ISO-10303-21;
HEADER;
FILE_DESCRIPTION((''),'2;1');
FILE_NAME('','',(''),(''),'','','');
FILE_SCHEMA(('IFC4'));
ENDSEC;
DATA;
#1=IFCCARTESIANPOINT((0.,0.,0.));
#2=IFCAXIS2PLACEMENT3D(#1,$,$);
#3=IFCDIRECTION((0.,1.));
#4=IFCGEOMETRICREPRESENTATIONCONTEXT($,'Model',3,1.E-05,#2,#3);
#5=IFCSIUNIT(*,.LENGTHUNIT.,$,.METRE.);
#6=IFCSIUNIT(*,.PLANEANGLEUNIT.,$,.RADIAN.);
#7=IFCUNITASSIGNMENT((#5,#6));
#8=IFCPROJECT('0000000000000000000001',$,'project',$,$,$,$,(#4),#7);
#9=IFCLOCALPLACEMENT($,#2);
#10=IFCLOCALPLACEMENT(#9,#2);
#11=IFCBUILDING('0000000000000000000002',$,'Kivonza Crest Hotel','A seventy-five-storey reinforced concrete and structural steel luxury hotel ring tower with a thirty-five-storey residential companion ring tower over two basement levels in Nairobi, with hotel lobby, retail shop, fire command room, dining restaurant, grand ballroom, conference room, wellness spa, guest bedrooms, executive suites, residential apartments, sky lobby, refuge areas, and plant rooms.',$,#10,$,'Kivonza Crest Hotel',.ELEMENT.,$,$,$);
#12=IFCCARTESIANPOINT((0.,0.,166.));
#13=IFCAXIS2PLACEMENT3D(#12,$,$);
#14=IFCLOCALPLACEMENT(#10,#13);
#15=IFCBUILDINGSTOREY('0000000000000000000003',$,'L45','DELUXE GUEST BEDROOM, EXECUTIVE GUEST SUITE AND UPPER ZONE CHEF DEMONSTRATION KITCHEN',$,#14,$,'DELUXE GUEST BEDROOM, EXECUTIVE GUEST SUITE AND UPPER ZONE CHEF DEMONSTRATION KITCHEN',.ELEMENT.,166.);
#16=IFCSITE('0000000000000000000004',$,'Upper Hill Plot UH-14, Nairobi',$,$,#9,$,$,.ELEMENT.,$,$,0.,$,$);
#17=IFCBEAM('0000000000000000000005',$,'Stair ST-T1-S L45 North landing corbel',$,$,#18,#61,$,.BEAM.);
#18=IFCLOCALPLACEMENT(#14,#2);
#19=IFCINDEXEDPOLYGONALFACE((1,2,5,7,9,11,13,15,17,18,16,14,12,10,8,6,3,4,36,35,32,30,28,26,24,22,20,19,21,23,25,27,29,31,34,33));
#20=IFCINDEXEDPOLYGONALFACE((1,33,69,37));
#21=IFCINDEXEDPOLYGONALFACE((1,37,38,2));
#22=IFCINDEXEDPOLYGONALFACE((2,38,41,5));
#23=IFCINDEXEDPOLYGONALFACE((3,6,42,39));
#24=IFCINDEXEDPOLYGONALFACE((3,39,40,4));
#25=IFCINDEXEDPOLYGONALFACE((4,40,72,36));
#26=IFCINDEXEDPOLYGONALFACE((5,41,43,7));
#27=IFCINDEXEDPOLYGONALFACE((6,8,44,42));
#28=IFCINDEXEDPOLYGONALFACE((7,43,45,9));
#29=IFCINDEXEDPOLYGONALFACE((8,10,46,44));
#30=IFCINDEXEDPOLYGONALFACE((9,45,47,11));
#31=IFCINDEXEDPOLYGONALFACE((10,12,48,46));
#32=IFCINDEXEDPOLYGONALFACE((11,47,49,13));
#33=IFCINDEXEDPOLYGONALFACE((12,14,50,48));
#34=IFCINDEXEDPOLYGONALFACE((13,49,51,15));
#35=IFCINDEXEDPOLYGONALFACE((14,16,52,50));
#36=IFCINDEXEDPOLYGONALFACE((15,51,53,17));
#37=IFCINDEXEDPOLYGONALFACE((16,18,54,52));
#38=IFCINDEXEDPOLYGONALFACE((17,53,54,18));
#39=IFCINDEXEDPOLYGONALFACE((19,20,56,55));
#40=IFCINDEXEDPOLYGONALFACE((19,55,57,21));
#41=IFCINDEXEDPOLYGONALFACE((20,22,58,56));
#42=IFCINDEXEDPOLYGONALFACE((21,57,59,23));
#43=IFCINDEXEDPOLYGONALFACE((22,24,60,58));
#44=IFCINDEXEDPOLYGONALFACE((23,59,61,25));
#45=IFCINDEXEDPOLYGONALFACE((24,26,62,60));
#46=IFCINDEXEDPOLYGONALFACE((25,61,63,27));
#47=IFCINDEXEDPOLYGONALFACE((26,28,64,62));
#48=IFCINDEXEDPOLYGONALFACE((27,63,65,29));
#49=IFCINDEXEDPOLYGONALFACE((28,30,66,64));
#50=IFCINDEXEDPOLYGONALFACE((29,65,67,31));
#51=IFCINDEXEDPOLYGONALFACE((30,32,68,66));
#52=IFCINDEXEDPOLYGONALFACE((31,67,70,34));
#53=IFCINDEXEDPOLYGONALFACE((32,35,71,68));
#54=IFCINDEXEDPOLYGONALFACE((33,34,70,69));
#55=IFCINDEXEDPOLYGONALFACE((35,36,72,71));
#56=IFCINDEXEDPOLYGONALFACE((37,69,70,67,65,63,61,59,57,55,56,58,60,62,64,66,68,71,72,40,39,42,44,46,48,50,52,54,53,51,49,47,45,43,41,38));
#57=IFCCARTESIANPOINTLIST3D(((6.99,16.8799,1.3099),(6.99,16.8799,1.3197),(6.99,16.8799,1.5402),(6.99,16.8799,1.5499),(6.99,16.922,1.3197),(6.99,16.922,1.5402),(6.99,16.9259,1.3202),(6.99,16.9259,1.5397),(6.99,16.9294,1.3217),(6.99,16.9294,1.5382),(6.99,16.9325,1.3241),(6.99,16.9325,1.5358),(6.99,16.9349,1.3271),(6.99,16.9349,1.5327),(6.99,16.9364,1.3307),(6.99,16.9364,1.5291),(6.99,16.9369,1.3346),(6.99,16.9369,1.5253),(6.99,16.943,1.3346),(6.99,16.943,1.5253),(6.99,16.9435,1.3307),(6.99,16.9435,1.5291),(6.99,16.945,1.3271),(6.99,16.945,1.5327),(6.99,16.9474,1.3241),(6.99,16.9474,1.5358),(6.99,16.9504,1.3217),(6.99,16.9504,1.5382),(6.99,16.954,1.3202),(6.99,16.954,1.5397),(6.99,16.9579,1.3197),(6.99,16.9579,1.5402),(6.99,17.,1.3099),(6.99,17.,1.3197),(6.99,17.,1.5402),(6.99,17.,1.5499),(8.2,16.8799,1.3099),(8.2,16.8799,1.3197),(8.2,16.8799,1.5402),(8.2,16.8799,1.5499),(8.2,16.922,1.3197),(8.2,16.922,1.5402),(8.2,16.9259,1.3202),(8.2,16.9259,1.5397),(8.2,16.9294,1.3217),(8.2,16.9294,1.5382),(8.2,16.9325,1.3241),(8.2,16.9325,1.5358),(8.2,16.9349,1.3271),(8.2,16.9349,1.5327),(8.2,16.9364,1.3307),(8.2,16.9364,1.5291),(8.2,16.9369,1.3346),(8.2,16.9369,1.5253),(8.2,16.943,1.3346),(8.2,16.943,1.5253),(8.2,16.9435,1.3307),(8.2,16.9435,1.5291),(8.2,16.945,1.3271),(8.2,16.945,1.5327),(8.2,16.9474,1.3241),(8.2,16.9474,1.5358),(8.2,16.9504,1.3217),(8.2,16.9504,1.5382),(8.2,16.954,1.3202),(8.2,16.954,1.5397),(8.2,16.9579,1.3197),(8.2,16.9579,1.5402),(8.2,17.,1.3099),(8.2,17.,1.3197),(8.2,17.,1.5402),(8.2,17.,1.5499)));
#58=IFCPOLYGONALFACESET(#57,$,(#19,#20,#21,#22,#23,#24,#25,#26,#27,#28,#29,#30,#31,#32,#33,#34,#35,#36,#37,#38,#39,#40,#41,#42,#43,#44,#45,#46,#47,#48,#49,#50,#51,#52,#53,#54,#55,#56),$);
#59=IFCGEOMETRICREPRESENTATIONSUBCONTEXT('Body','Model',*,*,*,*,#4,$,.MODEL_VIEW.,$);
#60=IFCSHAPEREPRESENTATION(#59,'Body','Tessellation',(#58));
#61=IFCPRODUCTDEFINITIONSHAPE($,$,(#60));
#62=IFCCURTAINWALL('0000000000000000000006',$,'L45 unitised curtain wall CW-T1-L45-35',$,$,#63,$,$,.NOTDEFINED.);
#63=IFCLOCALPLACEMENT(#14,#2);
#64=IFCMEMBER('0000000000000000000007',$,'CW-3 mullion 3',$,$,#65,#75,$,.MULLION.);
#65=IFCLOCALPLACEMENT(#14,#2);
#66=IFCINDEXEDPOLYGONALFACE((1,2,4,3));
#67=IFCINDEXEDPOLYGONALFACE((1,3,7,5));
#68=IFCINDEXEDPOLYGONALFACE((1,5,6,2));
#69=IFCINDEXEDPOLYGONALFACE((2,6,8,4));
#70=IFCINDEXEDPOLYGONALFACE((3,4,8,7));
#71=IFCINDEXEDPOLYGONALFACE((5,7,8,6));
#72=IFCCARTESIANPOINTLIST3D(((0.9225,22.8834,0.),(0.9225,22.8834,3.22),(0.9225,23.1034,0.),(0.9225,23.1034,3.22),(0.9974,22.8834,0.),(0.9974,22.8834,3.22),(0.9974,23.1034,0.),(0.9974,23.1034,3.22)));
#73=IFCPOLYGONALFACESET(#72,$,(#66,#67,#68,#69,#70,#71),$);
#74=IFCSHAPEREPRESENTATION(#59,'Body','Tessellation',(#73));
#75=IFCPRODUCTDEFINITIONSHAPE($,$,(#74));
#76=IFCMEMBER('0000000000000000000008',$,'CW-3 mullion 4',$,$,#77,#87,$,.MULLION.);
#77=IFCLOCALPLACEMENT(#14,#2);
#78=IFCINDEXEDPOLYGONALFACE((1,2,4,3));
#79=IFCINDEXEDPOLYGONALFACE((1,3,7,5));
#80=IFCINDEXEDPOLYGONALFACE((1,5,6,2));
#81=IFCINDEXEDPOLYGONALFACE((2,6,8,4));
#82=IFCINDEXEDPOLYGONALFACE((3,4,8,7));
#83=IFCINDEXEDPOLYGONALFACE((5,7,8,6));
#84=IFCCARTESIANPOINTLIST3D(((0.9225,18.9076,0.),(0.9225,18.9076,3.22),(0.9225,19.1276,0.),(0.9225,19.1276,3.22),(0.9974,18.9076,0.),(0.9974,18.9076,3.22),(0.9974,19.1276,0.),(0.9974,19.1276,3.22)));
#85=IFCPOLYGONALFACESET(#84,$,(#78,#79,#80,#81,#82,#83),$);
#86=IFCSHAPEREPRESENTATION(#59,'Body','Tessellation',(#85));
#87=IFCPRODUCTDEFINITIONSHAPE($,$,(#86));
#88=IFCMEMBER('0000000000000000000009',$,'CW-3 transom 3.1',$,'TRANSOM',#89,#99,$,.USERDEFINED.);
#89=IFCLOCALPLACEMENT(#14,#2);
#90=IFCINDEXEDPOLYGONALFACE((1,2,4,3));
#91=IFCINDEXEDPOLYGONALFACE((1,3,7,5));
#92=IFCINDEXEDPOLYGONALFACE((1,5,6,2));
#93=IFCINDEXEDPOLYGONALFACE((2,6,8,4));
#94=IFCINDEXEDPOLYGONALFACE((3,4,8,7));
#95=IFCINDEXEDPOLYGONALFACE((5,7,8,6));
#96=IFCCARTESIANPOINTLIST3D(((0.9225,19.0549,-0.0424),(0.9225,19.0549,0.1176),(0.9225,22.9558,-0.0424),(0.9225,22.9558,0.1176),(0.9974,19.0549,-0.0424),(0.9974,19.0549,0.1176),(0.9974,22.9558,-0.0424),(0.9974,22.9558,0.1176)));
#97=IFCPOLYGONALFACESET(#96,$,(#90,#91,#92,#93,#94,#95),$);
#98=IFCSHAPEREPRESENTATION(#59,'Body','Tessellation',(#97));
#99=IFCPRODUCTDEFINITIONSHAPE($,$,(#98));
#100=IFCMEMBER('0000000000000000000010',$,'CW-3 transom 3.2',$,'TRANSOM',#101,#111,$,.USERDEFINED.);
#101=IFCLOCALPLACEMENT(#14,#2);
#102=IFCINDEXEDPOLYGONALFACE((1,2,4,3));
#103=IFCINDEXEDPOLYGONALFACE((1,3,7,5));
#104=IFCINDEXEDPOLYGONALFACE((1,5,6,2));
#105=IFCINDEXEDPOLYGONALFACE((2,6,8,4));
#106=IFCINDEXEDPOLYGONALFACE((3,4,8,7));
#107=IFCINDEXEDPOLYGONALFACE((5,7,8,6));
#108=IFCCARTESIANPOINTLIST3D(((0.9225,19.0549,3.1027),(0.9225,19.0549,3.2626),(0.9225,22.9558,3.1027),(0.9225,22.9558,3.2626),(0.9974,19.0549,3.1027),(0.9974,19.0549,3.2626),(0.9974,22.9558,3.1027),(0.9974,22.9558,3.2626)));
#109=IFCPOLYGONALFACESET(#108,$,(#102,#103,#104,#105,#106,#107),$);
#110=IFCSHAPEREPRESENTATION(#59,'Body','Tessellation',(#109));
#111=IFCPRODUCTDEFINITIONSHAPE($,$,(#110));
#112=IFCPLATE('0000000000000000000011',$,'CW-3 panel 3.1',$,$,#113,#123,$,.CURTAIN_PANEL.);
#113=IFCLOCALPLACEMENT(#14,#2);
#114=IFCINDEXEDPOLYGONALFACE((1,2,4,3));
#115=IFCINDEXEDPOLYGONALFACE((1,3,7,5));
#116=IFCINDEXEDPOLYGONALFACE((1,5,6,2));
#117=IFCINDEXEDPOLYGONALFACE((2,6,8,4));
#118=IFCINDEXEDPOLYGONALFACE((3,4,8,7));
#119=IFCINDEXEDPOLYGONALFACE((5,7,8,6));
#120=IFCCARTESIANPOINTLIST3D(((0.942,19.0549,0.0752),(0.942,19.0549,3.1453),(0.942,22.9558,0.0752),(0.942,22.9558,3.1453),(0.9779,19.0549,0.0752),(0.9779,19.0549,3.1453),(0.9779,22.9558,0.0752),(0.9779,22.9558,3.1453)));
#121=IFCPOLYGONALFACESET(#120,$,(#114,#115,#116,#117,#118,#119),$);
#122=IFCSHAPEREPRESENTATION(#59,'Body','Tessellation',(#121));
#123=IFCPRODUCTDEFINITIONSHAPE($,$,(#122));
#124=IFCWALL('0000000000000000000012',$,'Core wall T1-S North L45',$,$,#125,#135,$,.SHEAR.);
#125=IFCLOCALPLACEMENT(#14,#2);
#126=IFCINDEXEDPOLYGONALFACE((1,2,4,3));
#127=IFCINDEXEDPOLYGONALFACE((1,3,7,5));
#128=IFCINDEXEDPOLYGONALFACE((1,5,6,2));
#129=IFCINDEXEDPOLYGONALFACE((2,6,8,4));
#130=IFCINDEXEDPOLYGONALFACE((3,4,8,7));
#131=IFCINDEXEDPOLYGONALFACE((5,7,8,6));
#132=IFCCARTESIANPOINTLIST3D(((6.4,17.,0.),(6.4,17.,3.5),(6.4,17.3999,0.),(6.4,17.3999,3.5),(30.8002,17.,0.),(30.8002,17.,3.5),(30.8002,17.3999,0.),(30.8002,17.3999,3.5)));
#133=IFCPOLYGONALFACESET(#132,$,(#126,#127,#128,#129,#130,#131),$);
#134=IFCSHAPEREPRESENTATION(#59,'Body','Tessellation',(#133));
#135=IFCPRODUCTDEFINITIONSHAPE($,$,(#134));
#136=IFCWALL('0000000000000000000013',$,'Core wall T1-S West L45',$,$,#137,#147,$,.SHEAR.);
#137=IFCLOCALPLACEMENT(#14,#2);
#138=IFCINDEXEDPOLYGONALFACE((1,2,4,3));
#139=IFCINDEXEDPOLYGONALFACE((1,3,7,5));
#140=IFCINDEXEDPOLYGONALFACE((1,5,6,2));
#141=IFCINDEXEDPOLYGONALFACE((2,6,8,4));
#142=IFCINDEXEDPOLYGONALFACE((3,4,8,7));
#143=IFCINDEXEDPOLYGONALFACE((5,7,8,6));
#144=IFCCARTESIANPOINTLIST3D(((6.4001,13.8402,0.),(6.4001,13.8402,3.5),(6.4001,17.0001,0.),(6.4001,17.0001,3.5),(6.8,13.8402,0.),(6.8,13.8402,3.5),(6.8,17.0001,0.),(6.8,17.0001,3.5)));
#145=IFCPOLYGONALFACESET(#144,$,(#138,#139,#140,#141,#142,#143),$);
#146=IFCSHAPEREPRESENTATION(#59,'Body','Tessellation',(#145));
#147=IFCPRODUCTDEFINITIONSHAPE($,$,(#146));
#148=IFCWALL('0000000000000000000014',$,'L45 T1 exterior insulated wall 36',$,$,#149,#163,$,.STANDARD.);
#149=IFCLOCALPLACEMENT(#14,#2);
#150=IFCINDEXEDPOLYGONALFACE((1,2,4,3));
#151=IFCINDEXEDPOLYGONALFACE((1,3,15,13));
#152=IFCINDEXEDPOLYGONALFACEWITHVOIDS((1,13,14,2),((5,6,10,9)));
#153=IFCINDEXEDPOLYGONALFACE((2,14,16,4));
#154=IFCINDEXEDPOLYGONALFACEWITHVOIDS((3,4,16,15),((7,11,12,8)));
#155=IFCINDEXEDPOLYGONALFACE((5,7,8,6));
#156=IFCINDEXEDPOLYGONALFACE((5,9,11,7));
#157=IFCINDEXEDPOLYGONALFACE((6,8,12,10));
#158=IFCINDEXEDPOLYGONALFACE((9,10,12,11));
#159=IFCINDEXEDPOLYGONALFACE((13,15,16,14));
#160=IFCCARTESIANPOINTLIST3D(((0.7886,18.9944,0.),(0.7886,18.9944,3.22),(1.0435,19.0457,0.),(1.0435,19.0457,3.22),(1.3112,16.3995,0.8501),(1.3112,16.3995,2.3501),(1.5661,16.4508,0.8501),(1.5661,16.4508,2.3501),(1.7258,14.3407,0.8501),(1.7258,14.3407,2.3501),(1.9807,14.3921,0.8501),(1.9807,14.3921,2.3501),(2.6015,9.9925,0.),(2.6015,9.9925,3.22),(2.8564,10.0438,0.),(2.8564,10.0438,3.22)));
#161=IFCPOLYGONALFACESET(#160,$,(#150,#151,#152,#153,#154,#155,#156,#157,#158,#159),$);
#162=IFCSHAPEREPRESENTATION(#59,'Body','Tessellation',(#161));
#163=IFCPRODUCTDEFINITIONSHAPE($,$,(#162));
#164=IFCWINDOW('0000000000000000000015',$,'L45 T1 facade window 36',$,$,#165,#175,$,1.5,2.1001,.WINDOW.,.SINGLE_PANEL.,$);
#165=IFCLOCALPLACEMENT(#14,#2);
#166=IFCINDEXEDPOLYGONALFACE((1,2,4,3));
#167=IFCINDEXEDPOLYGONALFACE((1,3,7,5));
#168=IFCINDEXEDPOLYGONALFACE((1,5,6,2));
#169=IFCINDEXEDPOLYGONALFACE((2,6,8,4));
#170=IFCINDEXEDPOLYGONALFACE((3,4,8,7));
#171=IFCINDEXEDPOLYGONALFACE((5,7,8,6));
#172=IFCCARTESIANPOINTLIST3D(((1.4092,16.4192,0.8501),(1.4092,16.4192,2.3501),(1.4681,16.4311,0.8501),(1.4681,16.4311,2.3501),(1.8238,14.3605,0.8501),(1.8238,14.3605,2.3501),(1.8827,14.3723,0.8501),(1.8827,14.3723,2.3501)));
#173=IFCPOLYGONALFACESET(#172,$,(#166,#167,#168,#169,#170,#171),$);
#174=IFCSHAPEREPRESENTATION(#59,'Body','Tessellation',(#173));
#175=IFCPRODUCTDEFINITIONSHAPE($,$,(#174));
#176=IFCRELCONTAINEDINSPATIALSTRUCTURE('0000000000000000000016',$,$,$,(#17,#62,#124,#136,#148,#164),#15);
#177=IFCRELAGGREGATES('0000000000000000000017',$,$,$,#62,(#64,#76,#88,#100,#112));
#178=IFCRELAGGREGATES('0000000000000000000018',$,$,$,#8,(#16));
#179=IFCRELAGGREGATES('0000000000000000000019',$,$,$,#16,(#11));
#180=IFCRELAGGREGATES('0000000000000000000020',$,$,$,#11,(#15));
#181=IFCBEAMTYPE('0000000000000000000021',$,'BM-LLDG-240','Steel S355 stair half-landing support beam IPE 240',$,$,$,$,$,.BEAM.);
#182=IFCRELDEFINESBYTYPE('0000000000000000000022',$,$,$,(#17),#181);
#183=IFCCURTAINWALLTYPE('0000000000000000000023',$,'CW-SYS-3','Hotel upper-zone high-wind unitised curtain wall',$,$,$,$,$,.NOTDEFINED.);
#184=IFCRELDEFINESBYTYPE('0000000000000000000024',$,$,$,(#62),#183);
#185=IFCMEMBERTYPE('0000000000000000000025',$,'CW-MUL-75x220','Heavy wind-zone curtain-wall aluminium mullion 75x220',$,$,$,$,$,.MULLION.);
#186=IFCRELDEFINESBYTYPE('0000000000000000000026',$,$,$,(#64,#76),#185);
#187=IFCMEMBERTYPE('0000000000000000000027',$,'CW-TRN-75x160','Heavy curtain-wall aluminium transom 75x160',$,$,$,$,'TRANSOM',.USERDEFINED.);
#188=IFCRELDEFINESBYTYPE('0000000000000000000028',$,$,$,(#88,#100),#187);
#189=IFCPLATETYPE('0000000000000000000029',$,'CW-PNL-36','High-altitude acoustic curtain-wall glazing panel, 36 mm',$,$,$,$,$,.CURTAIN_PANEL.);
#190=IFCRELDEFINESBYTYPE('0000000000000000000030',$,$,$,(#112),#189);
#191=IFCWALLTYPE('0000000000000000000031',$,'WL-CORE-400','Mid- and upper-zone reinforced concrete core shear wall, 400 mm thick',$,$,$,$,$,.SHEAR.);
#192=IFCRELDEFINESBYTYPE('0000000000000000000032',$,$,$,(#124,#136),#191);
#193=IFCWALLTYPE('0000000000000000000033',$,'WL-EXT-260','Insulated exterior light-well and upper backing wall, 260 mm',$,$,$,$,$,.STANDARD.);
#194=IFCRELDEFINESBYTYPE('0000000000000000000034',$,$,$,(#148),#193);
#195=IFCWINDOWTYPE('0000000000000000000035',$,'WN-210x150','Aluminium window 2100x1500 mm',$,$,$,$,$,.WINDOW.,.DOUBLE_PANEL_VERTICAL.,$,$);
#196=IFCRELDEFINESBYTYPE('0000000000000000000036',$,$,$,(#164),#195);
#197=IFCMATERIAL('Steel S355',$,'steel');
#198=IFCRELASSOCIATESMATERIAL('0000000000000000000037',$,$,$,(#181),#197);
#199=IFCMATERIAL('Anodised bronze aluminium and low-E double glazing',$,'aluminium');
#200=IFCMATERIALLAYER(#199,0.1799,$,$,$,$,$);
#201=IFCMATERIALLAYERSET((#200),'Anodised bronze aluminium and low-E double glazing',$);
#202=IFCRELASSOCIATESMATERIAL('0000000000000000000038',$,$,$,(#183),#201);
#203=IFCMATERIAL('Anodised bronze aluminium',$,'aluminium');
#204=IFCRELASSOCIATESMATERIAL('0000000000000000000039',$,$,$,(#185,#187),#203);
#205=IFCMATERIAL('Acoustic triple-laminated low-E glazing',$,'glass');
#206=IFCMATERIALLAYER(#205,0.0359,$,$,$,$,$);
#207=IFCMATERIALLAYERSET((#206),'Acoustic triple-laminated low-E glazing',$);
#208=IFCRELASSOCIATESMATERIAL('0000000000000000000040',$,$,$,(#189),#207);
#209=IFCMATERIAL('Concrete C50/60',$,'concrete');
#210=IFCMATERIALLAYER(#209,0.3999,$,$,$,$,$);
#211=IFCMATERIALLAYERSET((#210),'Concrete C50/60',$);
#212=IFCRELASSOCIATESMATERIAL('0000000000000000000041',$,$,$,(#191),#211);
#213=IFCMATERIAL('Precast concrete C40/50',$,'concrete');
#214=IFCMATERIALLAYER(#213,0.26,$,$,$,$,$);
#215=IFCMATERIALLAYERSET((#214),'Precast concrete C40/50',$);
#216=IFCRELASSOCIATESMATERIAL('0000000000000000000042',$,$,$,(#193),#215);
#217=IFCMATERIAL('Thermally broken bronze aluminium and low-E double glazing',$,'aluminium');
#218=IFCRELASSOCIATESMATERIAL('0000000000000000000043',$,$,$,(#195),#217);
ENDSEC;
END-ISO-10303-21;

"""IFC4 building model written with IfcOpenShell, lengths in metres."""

from ifc_helpers import new_model, si_unit, direction, frame, frame_2d, origin, origin_2d, place, context, subcontext, project, spatial, rectangle, i_section, extrude, material, layer, layer_set, material_profile, profile_set, type_object, element, fill, aggregate, save


model = new_model("IFC4")

# Units and contexts
model_context = context("Model", 3, precision=1e-05, world=origin(), true_north=direction((0.0, 1.0)))
body_context = subcontext(model_context, "Body", "Model", "MODEL_VIEW")
ifc_project = project(units=[si_unit("LENGTHUNIT", "METRE"), si_unit("PLANEANGLEUNIT", "RADIAN")], contexts=[model_context])

# Site, building, storey
site_placement = place(None, origin())
site = spatial("IfcSite", under=ifc_project, at=site_placement, Name="Upper Hill Plot UH-14, Nairobi", CompositionType="ELEMENT", RefElevation=0.0)
building_placement = place(site_placement, origin())
building = spatial("IfcBuilding", under=site, at=building_placement, Name="Kivonza Crest Hotel", Description="A seventy-five-storey reinforced concrete and structural steel luxury hotel ring tower with a thirty-five-storey residential companion ring tower over two basement levels in Nairobi, with hotel lobby, retail shop, fire command room, dining restaurant, grand ballroom, conference room, wellness spa, guest bedrooms, executive suites, residential apartments, sky lobby, refuge areas, and plant rooms.", LongName="Kivonza Crest Hotel", CompositionType="ELEMENT")
storey_placement = place(building_placement, frame((0.0, 0.0, 166.0)))
storey = spatial("IfcBuildingStorey", under=building, at=storey_placement, Name="L45", Description="DELUXE GUEST BEDROOM, EXECUTIVE GUEST SUITE AND UPPER ZONE CHEF DEMONSTRATION KITCHEN", LongName="DELUXE GUEST BEDROOM, EXECUTIVE GUEST SUITE AND UPPER ZONE CHEF DEMONSTRATION KITCHEN", CompositionType="ELEMENT", Elevation=166.0)

# Shared definitions
ifc_material_1 = material(Name="Concrete C50/60", Category="concrete")

# Beam
ifc_material_2 = material(Name="Steel S355", Category="steel")
ifc_material_profile_1 = material_profile(ifc_material_2, i_section(OverallWidth=0.1201, OverallDepth=0.24, WebThickness=0.0061, FlangeThickness=0.0098, FilletRadius=0.0149, at=origin_2d()), Name="IPE 240")
ifc_profile_set_1 = profile_set([ifc_material_profile_1], Name="Steel S355")
beam_type_1 = type_object("IfcBeamType", Name="BM-LLDG-240", Description="Steel S355 stair half-landing support beam IPE 240", PredefinedType="BEAM", material=ifc_profile_set_1)
for number, where, z_axis, x_axis, name in (
    (1, (6.99, 16.9399, 1.4299), (1.0, 0.0, 0.0), (0.0, 1.0, 0.0), "Stair ST-T1-S L45 North landing corbel"),
):
    element("IfcBeam", number, at=place(storey_placement, frame(where, z_axis=z_axis, x_axis=x_axis)), inside=storey, type_object=beam_type_1, Name=name, PredefinedType="BEAM", context=body_context, shape_type="SweptSolid", body=[
        extrude(i_section(OverallWidth=0.1201, OverallDepth=0.24, WebThickness=0.0061, FlangeThickness=0.0098, FilletRadius=0.0149, at=origin_2d()), origin(), (0.0, 0.0, 1.0), 1.21),
    ])

# Curtain wall, members, plate
ifc_material_3 = material(Name="Anodised bronze aluminium and low-E double glazing", Category="aluminium")
ifc_layer_1 = layer(ifc_material_3, 0.1799)
ifc_layer_set_1 = layer_set([ifc_layer_1], Name="Anodised bronze aluminium and low-E double glazing")
curtain_wall_type = type_object("IfcCurtainWallType", Name="CW-SYS-3", Description="Hotel upper-zone high-wind unitised curtain wall", PredefinedType="NOTDEFINED", material=ifc_layer_set_1)
curtain_wall_placement = place(storey_placement, origin())
curtain_wall = element("IfcCurtainWall", 2, at=curtain_wall_placement, inside=storey, type_object=curtain_wall_type, Name="L45 unitised curtain wall CW-T1-L45-35", PredefinedType="NOTDEFINED")
ifc_material_4 = material(Name="Anodised bronze aluminium", Category="aluminium")
ifc_material_profile_2 = material_profile(ifc_material_4, rectangle(XDim=0.075, YDim=0.22, at=origin_2d()), Name="CW-M 75x220")
ifc_profile_set_2 = profile_set([ifc_material_profile_2], Name="Anodised bronze aluminium")
member_type_1 = type_object("IfcMemberType", Name="CW-MUL-75x220", Description="Heavy wind-zone curtain-wall aluminium mullion 75x220", PredefinedType="MULLION", material=ifc_profile_set_2)
member_1_placement = place(storey_placement, frame((0.96, 22.9934, 0.0), z_axis=(0.0, 0.0, 1.0), x_axis=(1.0, 0.0, 0.0)))
member_1 = element("IfcMember", 3, at=member_1_placement, type_object=member_type_1, Name="CW-3 mullion 3", PredefinedType="MULLION", context=body_context, shape_type="SweptSolid", body=[
    extrude(rectangle(XDim=0.075, YDim=0.22, at=origin_2d()), origin(), (0.0, 0.0, 1.0), 3.22),
])
member_2_placement = place(storey_placement, frame((0.96, 19.0176, 0.0), z_axis=(0.0, 0.0, 1.0), x_axis=(1.0, 0.0, 0.0)))
member_2 = element("IfcMember", 4, at=member_2_placement, type_object=member_type_1, Name="CW-3 mullion 4", PredefinedType="MULLION", context=body_context, shape_type="SweptSolid", body=[
    extrude(rectangle(XDim=0.075, YDim=0.22, at=origin_2d()), origin(), (0.0, 0.0, 1.0), 3.22),
])
ifc_material_profile_3 = material_profile(ifc_material_4, rectangle(XDim=0.075, YDim=0.1599, at=origin_2d()), Name="CW-T 75x160")
ifc_profile_set_3 = profile_set([ifc_material_profile_3], Name="Anodised bronze aluminium")
member_type_2 = type_object("IfcMemberType", Name="CW-TRN-75x160", Description="Heavy curtain-wall aluminium transom 75x160", ElementType="TRANSOM", PredefinedType="USERDEFINED", material=ifc_profile_set_3)
member_3_placement = place(storey_placement, frame((0.96, 22.9558, 0.0376), z_axis=(0.0, -1.0, 0.0), x_axis=(1.0, 0.0, 0.0)))
member_3 = element("IfcMember", 5, at=member_3_placement, type_object=member_type_2, Name="CW-3 transom 3.1", ObjectType="TRANSOM", PredefinedType="USERDEFINED", context=body_context, shape_type="SweptSolid", body=[
    extrude(rectangle(XDim=0.075, YDim=0.1599, at=origin_2d()), origin(), (0.0, 0.0, 1.0), 3.9009),
])
member_4_placement = place(storey_placement, frame((0.96, 22.9558, 3.1826), z_axis=(0.0, -1.0, 0.0), x_axis=(1.0, 0.0, 0.0)))
member_4 = element("IfcMember", 6, at=member_4_placement, type_object=member_type_2, Name="CW-3 transom 3.2", ObjectType="TRANSOM", PredefinedType="USERDEFINED", context=body_context, shape_type="SweptSolid", body=[
    extrude(rectangle(XDim=0.075, YDim=0.1599, at=origin_2d()), origin(), (0.0, 0.0, 1.0), 3.9009),
])
ifc_material_5 = material(Name="Acoustic triple-laminated low-E glazing", Category="glass")
ifc_layer_2 = layer(ifc_material_5, 0.0359)
ifc_layer_set_2 = layer_set([ifc_layer_2], Name="Acoustic triple-laminated low-E glazing")
plate_type = type_object("IfcPlateType", Name="CW-PNL-36", Description="High-altitude acoustic curtain-wall glazing panel, 36 mm", PredefinedType="CURTAIN_PANEL", material=ifc_layer_set_2)
plate_placement = place(storey_placement, frame((0.96, 21.0054, 0.0752), z_axis=(0.0, 0.0, 1.0), x_axis=(0.0, -1.0, 0.0)))
plate = element("IfcPlate", 7, at=plate_placement, type_object=plate_type, Name="CW-3 panel 3.1", PredefinedType="CURTAIN_PANEL", context=body_context, shape_type="SweptSolid", body=[
    extrude(rectangle(XDim=3.9009, YDim=0.0359, at=origin_2d()), origin(), (0.0, 0.0, 1.0), 3.0701),
])
aggregate(curtain_wall, [member_1, member_2, member_3, member_4, plate])

# Shared definitions
ifc_layer_3 = layer(ifc_material_1, 0.3999)
ifc_layer_set_3 = layer_set([ifc_layer_3], Name="Concrete C50/60")
wall_type_1 = type_object("IfcWallType", Name="WL-CORE-400", Description="Mid- and upper-zone reinforced concrete core shear wall, 400 mm thick", PredefinedType="SHEAR", material=ifc_layer_set_3)

# Walls
wall_1_placement = place(storey_placement, frame((6.3999, 17.2, 0.0), z_axis=(0.0, 0.0, 1.0), x_axis=(1.0, 0.0, 0.0)))
element("IfcWall", 8, at=wall_1_placement, inside=storey, type_object=wall_type_1, Name="Core wall T1-S North L45", PredefinedType="SHEAR", context=body_context, shape_type="SweptSolid", body=[
    extrude(rectangle(XDim=24.4001, YDim=0.3999, at=frame_2d((12.2002, 0.0))), origin(), (0.0, 0.0, 1.0), 3.5),
])
wall_2_placement = place(storey_placement, frame((6.6001, 13.8401, 0.0), z_axis=(0.0, 0.0, 1.0), x_axis=(0.0, 1.0, 0.0)))
element("IfcWall", 9, at=wall_2_placement, inside=storey, type_object=wall_type_1, Name="Core wall T1-S West L45", PredefinedType="SHEAR", context=body_context, shape_type="SweptSolid", body=[
    extrude(rectangle(XDim=3.1599, YDim=0.3999, at=frame_2d((1.5801, 0.0))), origin(), (0.0, 0.0, 1.0), 3.5),
])

# Wall, opening, window
ifc_material_6 = material(Name="Precast concrete C40/50", Category="concrete")
ifc_layer_4 = layer(ifc_material_6, 0.26)
ifc_layer_set_4 = layer_set([ifc_layer_4], Name="Precast concrete C40/50")
wall_type_2 = type_object("IfcWallType", Name="WL-EXT-260", Description="Insulated exterior light-well and upper backing wall, 260 mm", PredefinedType="STANDARD", material=ifc_layer_set_4)
wall_3_placement = place(storey_placement, frame((0.916, 19.02, 0.0), z_axis=(0.0, 0.0, 1.0), x_axis=(0.197435, -0.980316, 0.0)))
wall_3 = element("IfcWall", 10, at=wall_3_placement, inside=storey, type_object=wall_type_2, Name="L45 T1 exterior insulated wall 36", PredefinedType="STANDARD", context=body_context, shape_type="SweptSolid", body=[
    extrude(rectangle(XDim=9.1826, YDim=0.26, at=frame_2d((4.5913, 0.0))), origin(), (0.0, 0.0, 1.0), 3.22),
])
opening_1_placement = place(wall_3_placement, frame((2.647, 0.0, 0.8501)))
opening_1 = element("IfcOpeningElement", 11, at=opening_1_placement, cuts=wall_3, PredefinedType="OPENING", context=body_context, shape_type="SweptSolid", body=[
    extrude(rectangle(XDim=2.1001, YDim=1.5, at=frame_2d((1.05, 0.75))), frame((0.0, 0.1401, 0.0), z_axis=(0.0, -1.0, 0.0), x_axis=(1.0, 0.0, 0.0)), (0.0, 0.0, 1.0), 0.28),
])
ifc_material_7 = material(Name="Thermally broken bronze aluminium and low-E double glazing", Category="aluminium")
window_type = type_object("IfcWindowType", Name="WN-210x150", Description="Aluminium window 2100x1500 mm", PartitioningType="DOUBLE_PANEL_VERTICAL", PredefinedType="WINDOW", material=ifc_material_7)
window_placement = place(opening_1_placement, origin())
window = element("IfcWindow", 12, at=window_placement, inside=storey, type_object=window_type, Name="L45 T1 facade window 36", OverallHeight=1.5, OverallWidth=2.1001, PartitioningType="SINGLE_PANEL", PredefinedType="WINDOW", context=body_context, shape_type="SweptSolid", body=[
    extrude(rectangle(XDim=2.1001, YDim=1.5, at=frame_2d((1.05, 0.75))), frame((0.0, 0.03, 0.0), z_axis=(0.0, -1.0, 0.0), x_axis=(1.0, 0.0, 0.0)), (0.0, 0.0, 1.0), 0.0601),
])
fill(opening_1, window)

save(model, "model.ifc")
